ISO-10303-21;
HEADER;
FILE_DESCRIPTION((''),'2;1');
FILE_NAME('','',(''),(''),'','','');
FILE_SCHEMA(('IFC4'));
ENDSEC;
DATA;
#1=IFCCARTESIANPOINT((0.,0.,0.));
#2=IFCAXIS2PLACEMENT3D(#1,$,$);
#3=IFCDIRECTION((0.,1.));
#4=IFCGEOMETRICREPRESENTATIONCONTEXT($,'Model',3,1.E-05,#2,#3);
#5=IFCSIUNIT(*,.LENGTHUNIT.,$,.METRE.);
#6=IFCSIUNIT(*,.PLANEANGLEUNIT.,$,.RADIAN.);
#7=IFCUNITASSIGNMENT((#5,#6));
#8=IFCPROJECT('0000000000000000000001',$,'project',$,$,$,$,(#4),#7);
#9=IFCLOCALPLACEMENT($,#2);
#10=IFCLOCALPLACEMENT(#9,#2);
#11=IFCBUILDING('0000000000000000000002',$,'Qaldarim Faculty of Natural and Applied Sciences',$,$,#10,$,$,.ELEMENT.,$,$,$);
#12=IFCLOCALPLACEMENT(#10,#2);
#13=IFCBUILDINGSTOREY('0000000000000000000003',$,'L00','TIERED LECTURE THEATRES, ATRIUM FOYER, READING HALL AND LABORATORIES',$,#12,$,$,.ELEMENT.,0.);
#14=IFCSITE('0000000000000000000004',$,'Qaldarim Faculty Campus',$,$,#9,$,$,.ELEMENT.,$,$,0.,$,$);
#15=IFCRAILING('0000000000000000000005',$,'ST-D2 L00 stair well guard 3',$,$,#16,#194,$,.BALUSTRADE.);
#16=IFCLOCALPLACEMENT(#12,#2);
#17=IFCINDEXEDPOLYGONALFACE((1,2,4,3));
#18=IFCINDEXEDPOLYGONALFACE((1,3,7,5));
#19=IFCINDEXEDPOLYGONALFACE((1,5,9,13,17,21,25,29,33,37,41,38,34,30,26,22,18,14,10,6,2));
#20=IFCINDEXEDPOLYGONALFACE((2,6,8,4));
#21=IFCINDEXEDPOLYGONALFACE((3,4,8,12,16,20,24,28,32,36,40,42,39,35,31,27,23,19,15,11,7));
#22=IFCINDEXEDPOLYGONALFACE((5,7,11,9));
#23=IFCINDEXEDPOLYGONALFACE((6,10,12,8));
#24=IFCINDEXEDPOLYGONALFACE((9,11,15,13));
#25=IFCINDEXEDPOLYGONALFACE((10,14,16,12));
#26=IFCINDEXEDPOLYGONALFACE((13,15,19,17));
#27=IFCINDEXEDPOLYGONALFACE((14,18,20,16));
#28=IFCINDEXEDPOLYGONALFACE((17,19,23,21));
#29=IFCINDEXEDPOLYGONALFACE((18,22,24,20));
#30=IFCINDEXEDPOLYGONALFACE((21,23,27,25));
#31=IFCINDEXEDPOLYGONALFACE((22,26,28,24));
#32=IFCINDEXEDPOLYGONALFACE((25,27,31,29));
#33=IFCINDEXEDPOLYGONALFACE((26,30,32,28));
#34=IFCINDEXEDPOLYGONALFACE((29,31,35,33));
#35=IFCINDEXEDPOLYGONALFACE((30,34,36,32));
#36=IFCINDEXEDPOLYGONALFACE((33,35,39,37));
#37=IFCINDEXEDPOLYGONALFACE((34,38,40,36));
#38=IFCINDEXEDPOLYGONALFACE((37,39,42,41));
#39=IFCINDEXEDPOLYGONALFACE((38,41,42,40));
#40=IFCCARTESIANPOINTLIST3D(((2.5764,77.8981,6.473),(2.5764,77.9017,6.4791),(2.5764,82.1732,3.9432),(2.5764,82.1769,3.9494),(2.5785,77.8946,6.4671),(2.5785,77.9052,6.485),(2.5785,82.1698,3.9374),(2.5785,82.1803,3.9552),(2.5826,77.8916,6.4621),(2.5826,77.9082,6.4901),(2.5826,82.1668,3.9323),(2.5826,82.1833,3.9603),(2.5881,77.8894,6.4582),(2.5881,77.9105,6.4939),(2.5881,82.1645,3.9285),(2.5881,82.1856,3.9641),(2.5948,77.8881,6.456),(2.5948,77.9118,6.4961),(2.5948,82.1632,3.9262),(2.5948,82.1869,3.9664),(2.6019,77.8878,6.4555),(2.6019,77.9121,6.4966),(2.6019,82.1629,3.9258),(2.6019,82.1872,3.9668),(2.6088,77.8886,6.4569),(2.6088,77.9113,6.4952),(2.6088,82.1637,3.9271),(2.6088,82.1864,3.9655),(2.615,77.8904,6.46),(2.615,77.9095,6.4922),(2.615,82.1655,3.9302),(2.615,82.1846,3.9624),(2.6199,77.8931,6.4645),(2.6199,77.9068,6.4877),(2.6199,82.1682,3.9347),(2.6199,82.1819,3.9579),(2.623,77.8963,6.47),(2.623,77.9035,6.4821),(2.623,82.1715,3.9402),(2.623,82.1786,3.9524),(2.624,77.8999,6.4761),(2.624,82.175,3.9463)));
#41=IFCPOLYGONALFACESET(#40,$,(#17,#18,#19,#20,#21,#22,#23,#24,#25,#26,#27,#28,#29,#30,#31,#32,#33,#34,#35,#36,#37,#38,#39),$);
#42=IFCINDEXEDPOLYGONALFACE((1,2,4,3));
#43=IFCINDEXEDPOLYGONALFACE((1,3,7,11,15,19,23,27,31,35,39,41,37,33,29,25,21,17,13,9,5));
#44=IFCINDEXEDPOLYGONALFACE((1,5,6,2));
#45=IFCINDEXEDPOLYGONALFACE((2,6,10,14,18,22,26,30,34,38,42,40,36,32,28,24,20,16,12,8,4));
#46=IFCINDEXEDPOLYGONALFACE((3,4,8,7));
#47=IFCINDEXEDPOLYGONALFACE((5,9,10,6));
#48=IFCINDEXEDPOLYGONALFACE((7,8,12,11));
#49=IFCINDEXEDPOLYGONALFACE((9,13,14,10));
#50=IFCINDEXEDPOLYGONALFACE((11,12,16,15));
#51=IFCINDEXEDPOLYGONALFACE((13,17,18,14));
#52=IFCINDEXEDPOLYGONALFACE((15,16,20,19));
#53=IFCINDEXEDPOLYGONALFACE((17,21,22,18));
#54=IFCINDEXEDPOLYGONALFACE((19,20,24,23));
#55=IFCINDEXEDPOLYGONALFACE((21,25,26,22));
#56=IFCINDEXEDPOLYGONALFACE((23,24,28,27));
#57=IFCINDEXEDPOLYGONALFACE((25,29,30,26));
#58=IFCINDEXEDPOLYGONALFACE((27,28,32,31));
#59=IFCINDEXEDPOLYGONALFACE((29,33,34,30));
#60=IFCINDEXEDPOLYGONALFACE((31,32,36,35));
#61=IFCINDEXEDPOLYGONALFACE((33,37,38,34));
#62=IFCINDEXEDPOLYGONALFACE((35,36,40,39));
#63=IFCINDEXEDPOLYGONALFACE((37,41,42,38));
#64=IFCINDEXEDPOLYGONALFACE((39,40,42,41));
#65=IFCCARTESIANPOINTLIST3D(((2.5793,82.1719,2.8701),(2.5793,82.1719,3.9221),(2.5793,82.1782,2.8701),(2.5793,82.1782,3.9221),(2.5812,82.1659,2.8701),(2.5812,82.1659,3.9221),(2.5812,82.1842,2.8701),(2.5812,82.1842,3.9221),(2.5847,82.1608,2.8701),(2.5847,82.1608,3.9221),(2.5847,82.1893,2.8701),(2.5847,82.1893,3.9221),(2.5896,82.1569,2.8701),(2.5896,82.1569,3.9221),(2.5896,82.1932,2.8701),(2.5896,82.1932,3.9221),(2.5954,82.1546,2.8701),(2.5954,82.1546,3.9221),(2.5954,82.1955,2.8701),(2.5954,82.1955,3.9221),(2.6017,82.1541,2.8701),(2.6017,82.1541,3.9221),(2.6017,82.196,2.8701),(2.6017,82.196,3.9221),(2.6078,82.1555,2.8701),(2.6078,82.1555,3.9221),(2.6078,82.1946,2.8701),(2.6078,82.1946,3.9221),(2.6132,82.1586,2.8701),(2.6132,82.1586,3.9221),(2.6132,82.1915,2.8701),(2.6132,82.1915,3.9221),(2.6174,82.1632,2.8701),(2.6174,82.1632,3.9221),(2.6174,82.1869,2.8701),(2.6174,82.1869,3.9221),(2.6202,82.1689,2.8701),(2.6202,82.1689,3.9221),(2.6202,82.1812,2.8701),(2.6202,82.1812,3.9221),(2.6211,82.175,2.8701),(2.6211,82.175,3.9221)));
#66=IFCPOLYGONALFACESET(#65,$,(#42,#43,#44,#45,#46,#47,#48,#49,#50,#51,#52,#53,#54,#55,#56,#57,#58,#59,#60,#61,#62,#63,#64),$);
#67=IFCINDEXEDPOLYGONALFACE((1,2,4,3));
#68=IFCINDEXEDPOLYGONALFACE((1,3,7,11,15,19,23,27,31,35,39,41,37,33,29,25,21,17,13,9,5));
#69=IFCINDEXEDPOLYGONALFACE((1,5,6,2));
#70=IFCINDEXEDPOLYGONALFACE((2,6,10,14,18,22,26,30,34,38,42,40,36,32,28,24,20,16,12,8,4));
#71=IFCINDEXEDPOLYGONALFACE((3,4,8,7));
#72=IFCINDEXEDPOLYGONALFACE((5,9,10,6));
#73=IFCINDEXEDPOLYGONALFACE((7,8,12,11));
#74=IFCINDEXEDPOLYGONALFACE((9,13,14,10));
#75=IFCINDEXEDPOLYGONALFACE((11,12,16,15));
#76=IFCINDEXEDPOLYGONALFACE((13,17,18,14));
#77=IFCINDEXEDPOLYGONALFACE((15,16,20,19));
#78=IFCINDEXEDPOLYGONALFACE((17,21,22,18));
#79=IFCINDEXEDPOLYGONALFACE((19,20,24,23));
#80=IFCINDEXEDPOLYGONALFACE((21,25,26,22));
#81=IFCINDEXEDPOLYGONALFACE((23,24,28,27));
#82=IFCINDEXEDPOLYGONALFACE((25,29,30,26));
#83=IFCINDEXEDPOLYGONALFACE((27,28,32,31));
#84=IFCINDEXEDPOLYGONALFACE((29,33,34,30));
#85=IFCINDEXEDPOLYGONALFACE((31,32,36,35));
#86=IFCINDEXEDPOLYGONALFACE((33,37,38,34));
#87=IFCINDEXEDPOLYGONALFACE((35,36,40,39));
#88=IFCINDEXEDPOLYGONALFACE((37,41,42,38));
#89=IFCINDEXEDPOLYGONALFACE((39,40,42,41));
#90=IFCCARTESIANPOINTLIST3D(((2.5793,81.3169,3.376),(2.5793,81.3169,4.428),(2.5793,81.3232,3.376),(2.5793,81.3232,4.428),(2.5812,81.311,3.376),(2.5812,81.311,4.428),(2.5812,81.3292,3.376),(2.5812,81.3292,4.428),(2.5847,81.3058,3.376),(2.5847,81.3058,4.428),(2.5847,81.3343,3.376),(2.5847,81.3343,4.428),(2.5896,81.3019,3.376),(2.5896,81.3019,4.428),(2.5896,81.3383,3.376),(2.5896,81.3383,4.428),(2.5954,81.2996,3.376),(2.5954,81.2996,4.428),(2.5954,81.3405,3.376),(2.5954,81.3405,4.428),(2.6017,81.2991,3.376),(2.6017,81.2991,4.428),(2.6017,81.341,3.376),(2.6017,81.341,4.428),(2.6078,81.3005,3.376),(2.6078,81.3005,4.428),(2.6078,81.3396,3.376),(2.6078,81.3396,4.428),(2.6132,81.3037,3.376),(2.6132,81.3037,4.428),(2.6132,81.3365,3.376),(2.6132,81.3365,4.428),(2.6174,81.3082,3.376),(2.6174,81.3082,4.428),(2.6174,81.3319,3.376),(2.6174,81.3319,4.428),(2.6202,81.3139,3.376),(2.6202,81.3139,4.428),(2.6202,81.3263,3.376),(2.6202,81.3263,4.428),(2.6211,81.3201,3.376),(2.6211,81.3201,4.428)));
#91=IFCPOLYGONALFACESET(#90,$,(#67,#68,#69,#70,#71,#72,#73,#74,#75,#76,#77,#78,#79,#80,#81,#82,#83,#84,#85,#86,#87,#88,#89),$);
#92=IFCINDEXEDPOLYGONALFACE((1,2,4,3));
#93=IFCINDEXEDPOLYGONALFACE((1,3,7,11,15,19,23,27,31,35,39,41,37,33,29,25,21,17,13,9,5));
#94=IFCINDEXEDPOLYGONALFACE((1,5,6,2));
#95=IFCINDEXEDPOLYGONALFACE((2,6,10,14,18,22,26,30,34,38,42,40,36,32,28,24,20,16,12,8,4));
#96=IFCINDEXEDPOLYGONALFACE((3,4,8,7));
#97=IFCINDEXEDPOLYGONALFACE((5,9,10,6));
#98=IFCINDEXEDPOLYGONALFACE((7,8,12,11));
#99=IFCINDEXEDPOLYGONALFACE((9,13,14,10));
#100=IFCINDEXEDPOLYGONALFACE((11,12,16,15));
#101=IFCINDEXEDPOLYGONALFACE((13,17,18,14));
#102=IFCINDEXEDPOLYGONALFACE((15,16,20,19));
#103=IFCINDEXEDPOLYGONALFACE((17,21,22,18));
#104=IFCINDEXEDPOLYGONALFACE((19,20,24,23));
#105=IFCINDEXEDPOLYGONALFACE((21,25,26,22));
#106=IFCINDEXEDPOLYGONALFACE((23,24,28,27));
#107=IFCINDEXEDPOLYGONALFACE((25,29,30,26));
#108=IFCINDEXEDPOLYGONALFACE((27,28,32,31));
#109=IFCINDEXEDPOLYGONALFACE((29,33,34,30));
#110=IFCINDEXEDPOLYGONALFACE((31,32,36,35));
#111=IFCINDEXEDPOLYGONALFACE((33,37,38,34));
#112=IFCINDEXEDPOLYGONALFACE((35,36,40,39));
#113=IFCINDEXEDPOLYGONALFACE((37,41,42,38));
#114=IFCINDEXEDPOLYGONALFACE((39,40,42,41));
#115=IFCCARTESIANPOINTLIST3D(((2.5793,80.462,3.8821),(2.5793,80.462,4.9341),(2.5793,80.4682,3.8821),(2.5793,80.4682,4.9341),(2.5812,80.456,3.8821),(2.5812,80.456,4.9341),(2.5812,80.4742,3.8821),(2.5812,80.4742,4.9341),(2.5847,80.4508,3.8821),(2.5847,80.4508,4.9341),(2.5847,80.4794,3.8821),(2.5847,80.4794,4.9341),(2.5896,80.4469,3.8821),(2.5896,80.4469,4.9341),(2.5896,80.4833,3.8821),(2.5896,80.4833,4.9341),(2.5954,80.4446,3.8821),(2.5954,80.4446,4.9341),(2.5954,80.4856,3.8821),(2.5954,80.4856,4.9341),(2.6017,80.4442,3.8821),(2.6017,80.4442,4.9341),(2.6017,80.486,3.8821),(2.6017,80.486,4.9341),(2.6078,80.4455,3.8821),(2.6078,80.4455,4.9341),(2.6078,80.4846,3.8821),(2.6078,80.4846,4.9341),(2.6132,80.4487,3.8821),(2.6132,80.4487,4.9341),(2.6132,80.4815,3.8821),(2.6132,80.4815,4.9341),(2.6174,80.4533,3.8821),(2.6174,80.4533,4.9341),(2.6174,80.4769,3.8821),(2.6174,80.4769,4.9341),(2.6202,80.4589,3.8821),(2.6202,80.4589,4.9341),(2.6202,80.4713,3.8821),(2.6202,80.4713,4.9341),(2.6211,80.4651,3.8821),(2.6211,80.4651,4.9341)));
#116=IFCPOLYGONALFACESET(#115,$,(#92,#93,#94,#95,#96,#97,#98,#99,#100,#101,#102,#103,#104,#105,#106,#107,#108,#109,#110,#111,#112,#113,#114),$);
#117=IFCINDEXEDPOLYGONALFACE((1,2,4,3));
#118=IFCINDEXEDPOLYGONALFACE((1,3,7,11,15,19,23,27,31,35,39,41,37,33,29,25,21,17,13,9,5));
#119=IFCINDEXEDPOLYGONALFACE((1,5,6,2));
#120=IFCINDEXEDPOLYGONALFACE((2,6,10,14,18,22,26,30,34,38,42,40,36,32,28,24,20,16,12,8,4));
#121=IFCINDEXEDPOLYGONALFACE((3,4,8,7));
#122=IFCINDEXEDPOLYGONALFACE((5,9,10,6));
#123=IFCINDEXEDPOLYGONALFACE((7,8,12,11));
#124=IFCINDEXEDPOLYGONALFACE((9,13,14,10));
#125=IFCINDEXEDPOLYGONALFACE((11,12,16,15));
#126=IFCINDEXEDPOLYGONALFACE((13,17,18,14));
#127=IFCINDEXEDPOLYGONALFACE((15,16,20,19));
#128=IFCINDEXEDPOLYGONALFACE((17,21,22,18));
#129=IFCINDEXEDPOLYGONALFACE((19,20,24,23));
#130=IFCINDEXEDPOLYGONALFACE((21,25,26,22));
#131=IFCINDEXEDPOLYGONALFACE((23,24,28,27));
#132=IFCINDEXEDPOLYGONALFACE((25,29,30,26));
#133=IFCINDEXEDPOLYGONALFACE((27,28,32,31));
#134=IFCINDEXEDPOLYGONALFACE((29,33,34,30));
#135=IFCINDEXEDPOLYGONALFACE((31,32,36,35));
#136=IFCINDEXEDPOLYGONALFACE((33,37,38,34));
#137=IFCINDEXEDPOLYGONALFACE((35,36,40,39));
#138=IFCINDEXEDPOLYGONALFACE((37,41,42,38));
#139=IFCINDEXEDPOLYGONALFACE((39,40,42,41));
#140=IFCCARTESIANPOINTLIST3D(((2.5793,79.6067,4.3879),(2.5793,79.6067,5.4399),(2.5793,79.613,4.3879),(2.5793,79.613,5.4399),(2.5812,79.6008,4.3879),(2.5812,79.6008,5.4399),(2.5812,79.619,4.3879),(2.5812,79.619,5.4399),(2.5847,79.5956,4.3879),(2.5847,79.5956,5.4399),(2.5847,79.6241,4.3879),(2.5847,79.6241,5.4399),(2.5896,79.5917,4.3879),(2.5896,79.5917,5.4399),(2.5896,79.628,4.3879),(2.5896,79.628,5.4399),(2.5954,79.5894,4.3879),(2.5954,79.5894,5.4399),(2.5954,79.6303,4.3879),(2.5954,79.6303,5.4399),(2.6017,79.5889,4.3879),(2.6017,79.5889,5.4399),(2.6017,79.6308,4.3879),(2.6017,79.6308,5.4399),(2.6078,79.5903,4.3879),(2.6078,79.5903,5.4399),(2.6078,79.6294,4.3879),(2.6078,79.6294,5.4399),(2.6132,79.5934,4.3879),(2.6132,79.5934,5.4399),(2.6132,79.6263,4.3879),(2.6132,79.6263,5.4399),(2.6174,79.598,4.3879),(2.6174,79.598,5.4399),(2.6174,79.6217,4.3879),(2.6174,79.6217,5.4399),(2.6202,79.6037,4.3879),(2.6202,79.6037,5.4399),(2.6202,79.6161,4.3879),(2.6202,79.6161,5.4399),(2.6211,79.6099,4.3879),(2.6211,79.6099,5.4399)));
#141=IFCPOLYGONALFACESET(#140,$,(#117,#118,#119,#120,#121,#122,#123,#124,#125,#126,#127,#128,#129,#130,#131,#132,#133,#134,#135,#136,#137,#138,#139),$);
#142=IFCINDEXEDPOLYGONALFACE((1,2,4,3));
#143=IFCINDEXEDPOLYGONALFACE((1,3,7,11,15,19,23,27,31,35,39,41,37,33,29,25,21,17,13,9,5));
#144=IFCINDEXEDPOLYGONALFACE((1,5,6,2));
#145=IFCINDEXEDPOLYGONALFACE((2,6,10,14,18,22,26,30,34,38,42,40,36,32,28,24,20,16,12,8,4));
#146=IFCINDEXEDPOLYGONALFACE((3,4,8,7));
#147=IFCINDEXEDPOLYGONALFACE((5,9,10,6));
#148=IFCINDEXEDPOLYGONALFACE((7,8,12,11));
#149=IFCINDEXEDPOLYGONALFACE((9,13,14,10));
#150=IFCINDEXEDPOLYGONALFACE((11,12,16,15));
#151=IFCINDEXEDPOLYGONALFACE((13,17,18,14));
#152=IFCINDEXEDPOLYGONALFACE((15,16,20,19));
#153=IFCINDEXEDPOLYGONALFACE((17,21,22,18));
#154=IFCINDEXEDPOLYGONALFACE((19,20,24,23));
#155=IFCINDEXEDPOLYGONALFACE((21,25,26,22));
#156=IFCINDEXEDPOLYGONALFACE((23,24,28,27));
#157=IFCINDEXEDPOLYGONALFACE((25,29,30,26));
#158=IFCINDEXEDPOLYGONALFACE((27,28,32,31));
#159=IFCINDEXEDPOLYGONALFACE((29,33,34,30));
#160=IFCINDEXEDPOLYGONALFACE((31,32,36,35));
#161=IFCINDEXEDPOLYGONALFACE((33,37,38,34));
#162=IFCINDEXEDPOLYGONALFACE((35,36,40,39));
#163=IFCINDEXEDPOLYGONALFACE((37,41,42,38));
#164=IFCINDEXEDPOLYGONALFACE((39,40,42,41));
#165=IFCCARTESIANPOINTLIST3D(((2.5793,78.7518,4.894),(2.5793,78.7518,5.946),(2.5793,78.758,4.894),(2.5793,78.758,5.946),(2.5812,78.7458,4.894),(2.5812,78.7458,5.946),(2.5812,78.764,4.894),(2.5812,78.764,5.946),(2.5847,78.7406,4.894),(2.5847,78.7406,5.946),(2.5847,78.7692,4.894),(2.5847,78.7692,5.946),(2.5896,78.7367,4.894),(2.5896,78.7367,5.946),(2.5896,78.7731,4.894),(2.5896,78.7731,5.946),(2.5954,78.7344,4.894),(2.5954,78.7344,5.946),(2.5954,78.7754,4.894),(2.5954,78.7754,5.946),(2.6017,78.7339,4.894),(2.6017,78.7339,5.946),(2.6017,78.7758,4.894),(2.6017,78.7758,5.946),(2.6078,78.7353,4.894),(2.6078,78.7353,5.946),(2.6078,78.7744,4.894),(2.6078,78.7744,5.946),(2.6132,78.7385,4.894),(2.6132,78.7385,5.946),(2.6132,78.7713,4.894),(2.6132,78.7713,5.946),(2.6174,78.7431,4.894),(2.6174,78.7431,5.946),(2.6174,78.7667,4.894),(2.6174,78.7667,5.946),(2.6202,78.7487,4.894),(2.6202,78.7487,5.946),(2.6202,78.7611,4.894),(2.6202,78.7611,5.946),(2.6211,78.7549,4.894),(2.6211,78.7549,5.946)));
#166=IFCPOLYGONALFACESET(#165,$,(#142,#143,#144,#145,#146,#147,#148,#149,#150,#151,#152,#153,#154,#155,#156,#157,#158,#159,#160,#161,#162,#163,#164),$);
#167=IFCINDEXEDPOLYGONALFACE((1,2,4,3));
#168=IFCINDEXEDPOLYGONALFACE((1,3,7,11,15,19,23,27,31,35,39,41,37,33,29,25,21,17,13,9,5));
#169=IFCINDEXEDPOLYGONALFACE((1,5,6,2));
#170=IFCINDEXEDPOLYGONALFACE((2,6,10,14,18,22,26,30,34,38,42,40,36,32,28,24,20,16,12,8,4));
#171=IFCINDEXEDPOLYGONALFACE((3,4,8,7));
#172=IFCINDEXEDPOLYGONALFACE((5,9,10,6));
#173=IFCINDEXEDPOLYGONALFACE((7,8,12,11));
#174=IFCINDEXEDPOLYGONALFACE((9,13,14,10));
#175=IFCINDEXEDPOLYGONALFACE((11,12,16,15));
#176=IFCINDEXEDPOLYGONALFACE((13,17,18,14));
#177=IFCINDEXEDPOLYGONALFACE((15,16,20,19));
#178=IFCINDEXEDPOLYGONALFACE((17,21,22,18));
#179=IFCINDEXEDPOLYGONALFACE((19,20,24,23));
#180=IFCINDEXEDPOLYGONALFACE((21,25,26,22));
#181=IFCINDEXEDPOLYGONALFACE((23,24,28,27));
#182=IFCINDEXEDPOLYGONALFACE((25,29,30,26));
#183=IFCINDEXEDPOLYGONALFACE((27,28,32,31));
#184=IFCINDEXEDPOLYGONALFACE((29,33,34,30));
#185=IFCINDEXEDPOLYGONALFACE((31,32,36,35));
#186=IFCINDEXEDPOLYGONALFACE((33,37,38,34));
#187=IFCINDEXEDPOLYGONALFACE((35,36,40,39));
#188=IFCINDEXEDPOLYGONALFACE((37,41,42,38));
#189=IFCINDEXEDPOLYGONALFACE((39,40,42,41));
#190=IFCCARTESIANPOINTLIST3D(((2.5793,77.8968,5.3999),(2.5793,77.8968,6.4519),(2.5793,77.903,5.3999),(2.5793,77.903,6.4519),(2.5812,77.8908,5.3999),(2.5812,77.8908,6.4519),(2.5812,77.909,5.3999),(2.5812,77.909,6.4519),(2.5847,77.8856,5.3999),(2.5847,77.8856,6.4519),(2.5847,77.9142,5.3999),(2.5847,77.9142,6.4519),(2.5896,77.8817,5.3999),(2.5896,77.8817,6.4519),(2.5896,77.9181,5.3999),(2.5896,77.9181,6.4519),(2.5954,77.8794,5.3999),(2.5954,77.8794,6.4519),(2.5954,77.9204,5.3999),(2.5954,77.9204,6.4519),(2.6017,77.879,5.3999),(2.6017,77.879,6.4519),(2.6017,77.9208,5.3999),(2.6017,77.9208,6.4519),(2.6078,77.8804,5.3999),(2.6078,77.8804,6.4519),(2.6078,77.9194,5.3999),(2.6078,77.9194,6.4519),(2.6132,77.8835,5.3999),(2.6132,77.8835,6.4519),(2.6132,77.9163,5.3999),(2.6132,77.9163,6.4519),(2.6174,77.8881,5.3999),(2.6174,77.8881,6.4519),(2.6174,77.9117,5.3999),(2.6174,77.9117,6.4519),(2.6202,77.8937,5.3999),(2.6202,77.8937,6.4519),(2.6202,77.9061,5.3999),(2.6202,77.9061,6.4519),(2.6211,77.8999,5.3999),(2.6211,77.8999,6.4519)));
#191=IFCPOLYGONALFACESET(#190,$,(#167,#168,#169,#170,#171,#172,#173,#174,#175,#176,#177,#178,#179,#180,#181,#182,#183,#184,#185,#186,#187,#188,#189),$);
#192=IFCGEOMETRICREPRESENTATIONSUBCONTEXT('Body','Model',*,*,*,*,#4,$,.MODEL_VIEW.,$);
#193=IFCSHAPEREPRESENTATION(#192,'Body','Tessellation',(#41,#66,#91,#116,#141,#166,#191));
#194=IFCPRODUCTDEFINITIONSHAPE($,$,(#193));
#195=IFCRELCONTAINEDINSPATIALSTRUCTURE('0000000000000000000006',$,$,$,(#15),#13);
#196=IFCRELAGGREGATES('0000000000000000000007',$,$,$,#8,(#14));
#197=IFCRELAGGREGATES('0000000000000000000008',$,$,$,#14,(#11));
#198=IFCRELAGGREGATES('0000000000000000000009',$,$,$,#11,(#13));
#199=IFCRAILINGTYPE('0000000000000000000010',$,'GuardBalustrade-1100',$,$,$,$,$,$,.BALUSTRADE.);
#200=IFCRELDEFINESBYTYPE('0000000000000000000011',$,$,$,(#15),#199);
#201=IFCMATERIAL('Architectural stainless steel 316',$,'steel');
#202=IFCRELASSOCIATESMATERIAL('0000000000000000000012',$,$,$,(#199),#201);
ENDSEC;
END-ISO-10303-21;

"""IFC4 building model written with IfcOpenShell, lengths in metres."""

from ifc_helpers import new_model, si_unit, direction, frame, origin, origin_2d, place, context, subcontext, project, spatial, circle, extrude, material, type_object, element, save


model = new_model("IFC4")

# Units and contexts
model_context = context("Model", 3, precision=1e-05, world=origin(), true_north=direction((0.0, 1.0)))
body_context = subcontext(model_context, "Body", "Model", "MODEL_VIEW")
ifc_project = project(units=[si_unit("LENGTHUNIT", "METRE"), si_unit("PLANEANGLEUNIT", "RADIAN")], contexts=[model_context])

# Site, building, storey
site_placement = place(None, origin())
site = spatial("IfcSite", under=ifc_project, at=site_placement, Name="Qaldarim Faculty Campus", CompositionType="ELEMENT", RefElevation=0.0)
building_placement = place(site_placement, origin())
building = spatial("IfcBuilding", under=site, at=building_placement, Name="Qaldarim Faculty of Natural and Applied Sciences", CompositionType="ELEMENT")
storey_placement = place(building_placement, origin())
storey = spatial("IfcBuildingStorey", under=building, at=storey_placement, Name="L00", Description="TIERED LECTURE THEATRES, ATRIUM FOYER, READING HALL AND LABORATORIES", CompositionType="ELEMENT", Elevation=0.0)

# Railing
ifc_material_1 = material(Name="Architectural stainless steel 316", Category="steel")
railing_type_1 = type_object("IfcRailingType", Name="GuardBalustrade-1100", PredefinedType="BALUSTRADE", material=ifc_material_1)
railing_1_placement = place(storey_placement, frame((2.6001, 82.175, 2.8701)))
element("IfcRailing", 1, at=railing_1_placement, inside=storey, type_object=railing_type_1, Name="ST-D2 L00 stair well guard 3", PredefinedType="BALUSTRADE", context=body_context, shape_type="SweptSolid", body=[
    extrude(circle(Radius=0.0239, at=origin_2d()), frame((0.0, 0.0, 1.0762), z_axis=(0.0, -0.860612, 0.509261), x_axis=(1.0, 0.0, 0.0)), (0.0, 0.0, 1.0), 4.9675),
    extrude(circle(Radius=0.021, at=origin_2d()), origin(), (0.0, 0.0, 1.0), 1.052),
    extrude(circle(Radius=0.021, at=origin_2d()), frame((0.0, -0.855, 0.5059)), (0.0, 0.0, 1.0), 1.052),
    extrude(circle(Radius=0.021, at=origin_2d()), frame((0.0, -1.71, 1.012)), (0.0, 0.0, 1.0), 1.052),
    extrude(circle(Radius=0.021, at=origin_2d()), frame((0.0, -2.5652, 1.5178)), (0.0, 0.0, 1.0), 1.052),
    extrude(circle(Radius=0.021, at=origin_2d()), frame((0.0, -3.4202, 2.0239)), (0.0, 0.0, 1.0), 1.052),
    extrude(circle(Radius=0.021, at=origin_2d()), frame((0.0, -4.2751, 2.5298)), (0.0, 0.0, 1.0), 1.052),
])

save(model, "model.ifc")
